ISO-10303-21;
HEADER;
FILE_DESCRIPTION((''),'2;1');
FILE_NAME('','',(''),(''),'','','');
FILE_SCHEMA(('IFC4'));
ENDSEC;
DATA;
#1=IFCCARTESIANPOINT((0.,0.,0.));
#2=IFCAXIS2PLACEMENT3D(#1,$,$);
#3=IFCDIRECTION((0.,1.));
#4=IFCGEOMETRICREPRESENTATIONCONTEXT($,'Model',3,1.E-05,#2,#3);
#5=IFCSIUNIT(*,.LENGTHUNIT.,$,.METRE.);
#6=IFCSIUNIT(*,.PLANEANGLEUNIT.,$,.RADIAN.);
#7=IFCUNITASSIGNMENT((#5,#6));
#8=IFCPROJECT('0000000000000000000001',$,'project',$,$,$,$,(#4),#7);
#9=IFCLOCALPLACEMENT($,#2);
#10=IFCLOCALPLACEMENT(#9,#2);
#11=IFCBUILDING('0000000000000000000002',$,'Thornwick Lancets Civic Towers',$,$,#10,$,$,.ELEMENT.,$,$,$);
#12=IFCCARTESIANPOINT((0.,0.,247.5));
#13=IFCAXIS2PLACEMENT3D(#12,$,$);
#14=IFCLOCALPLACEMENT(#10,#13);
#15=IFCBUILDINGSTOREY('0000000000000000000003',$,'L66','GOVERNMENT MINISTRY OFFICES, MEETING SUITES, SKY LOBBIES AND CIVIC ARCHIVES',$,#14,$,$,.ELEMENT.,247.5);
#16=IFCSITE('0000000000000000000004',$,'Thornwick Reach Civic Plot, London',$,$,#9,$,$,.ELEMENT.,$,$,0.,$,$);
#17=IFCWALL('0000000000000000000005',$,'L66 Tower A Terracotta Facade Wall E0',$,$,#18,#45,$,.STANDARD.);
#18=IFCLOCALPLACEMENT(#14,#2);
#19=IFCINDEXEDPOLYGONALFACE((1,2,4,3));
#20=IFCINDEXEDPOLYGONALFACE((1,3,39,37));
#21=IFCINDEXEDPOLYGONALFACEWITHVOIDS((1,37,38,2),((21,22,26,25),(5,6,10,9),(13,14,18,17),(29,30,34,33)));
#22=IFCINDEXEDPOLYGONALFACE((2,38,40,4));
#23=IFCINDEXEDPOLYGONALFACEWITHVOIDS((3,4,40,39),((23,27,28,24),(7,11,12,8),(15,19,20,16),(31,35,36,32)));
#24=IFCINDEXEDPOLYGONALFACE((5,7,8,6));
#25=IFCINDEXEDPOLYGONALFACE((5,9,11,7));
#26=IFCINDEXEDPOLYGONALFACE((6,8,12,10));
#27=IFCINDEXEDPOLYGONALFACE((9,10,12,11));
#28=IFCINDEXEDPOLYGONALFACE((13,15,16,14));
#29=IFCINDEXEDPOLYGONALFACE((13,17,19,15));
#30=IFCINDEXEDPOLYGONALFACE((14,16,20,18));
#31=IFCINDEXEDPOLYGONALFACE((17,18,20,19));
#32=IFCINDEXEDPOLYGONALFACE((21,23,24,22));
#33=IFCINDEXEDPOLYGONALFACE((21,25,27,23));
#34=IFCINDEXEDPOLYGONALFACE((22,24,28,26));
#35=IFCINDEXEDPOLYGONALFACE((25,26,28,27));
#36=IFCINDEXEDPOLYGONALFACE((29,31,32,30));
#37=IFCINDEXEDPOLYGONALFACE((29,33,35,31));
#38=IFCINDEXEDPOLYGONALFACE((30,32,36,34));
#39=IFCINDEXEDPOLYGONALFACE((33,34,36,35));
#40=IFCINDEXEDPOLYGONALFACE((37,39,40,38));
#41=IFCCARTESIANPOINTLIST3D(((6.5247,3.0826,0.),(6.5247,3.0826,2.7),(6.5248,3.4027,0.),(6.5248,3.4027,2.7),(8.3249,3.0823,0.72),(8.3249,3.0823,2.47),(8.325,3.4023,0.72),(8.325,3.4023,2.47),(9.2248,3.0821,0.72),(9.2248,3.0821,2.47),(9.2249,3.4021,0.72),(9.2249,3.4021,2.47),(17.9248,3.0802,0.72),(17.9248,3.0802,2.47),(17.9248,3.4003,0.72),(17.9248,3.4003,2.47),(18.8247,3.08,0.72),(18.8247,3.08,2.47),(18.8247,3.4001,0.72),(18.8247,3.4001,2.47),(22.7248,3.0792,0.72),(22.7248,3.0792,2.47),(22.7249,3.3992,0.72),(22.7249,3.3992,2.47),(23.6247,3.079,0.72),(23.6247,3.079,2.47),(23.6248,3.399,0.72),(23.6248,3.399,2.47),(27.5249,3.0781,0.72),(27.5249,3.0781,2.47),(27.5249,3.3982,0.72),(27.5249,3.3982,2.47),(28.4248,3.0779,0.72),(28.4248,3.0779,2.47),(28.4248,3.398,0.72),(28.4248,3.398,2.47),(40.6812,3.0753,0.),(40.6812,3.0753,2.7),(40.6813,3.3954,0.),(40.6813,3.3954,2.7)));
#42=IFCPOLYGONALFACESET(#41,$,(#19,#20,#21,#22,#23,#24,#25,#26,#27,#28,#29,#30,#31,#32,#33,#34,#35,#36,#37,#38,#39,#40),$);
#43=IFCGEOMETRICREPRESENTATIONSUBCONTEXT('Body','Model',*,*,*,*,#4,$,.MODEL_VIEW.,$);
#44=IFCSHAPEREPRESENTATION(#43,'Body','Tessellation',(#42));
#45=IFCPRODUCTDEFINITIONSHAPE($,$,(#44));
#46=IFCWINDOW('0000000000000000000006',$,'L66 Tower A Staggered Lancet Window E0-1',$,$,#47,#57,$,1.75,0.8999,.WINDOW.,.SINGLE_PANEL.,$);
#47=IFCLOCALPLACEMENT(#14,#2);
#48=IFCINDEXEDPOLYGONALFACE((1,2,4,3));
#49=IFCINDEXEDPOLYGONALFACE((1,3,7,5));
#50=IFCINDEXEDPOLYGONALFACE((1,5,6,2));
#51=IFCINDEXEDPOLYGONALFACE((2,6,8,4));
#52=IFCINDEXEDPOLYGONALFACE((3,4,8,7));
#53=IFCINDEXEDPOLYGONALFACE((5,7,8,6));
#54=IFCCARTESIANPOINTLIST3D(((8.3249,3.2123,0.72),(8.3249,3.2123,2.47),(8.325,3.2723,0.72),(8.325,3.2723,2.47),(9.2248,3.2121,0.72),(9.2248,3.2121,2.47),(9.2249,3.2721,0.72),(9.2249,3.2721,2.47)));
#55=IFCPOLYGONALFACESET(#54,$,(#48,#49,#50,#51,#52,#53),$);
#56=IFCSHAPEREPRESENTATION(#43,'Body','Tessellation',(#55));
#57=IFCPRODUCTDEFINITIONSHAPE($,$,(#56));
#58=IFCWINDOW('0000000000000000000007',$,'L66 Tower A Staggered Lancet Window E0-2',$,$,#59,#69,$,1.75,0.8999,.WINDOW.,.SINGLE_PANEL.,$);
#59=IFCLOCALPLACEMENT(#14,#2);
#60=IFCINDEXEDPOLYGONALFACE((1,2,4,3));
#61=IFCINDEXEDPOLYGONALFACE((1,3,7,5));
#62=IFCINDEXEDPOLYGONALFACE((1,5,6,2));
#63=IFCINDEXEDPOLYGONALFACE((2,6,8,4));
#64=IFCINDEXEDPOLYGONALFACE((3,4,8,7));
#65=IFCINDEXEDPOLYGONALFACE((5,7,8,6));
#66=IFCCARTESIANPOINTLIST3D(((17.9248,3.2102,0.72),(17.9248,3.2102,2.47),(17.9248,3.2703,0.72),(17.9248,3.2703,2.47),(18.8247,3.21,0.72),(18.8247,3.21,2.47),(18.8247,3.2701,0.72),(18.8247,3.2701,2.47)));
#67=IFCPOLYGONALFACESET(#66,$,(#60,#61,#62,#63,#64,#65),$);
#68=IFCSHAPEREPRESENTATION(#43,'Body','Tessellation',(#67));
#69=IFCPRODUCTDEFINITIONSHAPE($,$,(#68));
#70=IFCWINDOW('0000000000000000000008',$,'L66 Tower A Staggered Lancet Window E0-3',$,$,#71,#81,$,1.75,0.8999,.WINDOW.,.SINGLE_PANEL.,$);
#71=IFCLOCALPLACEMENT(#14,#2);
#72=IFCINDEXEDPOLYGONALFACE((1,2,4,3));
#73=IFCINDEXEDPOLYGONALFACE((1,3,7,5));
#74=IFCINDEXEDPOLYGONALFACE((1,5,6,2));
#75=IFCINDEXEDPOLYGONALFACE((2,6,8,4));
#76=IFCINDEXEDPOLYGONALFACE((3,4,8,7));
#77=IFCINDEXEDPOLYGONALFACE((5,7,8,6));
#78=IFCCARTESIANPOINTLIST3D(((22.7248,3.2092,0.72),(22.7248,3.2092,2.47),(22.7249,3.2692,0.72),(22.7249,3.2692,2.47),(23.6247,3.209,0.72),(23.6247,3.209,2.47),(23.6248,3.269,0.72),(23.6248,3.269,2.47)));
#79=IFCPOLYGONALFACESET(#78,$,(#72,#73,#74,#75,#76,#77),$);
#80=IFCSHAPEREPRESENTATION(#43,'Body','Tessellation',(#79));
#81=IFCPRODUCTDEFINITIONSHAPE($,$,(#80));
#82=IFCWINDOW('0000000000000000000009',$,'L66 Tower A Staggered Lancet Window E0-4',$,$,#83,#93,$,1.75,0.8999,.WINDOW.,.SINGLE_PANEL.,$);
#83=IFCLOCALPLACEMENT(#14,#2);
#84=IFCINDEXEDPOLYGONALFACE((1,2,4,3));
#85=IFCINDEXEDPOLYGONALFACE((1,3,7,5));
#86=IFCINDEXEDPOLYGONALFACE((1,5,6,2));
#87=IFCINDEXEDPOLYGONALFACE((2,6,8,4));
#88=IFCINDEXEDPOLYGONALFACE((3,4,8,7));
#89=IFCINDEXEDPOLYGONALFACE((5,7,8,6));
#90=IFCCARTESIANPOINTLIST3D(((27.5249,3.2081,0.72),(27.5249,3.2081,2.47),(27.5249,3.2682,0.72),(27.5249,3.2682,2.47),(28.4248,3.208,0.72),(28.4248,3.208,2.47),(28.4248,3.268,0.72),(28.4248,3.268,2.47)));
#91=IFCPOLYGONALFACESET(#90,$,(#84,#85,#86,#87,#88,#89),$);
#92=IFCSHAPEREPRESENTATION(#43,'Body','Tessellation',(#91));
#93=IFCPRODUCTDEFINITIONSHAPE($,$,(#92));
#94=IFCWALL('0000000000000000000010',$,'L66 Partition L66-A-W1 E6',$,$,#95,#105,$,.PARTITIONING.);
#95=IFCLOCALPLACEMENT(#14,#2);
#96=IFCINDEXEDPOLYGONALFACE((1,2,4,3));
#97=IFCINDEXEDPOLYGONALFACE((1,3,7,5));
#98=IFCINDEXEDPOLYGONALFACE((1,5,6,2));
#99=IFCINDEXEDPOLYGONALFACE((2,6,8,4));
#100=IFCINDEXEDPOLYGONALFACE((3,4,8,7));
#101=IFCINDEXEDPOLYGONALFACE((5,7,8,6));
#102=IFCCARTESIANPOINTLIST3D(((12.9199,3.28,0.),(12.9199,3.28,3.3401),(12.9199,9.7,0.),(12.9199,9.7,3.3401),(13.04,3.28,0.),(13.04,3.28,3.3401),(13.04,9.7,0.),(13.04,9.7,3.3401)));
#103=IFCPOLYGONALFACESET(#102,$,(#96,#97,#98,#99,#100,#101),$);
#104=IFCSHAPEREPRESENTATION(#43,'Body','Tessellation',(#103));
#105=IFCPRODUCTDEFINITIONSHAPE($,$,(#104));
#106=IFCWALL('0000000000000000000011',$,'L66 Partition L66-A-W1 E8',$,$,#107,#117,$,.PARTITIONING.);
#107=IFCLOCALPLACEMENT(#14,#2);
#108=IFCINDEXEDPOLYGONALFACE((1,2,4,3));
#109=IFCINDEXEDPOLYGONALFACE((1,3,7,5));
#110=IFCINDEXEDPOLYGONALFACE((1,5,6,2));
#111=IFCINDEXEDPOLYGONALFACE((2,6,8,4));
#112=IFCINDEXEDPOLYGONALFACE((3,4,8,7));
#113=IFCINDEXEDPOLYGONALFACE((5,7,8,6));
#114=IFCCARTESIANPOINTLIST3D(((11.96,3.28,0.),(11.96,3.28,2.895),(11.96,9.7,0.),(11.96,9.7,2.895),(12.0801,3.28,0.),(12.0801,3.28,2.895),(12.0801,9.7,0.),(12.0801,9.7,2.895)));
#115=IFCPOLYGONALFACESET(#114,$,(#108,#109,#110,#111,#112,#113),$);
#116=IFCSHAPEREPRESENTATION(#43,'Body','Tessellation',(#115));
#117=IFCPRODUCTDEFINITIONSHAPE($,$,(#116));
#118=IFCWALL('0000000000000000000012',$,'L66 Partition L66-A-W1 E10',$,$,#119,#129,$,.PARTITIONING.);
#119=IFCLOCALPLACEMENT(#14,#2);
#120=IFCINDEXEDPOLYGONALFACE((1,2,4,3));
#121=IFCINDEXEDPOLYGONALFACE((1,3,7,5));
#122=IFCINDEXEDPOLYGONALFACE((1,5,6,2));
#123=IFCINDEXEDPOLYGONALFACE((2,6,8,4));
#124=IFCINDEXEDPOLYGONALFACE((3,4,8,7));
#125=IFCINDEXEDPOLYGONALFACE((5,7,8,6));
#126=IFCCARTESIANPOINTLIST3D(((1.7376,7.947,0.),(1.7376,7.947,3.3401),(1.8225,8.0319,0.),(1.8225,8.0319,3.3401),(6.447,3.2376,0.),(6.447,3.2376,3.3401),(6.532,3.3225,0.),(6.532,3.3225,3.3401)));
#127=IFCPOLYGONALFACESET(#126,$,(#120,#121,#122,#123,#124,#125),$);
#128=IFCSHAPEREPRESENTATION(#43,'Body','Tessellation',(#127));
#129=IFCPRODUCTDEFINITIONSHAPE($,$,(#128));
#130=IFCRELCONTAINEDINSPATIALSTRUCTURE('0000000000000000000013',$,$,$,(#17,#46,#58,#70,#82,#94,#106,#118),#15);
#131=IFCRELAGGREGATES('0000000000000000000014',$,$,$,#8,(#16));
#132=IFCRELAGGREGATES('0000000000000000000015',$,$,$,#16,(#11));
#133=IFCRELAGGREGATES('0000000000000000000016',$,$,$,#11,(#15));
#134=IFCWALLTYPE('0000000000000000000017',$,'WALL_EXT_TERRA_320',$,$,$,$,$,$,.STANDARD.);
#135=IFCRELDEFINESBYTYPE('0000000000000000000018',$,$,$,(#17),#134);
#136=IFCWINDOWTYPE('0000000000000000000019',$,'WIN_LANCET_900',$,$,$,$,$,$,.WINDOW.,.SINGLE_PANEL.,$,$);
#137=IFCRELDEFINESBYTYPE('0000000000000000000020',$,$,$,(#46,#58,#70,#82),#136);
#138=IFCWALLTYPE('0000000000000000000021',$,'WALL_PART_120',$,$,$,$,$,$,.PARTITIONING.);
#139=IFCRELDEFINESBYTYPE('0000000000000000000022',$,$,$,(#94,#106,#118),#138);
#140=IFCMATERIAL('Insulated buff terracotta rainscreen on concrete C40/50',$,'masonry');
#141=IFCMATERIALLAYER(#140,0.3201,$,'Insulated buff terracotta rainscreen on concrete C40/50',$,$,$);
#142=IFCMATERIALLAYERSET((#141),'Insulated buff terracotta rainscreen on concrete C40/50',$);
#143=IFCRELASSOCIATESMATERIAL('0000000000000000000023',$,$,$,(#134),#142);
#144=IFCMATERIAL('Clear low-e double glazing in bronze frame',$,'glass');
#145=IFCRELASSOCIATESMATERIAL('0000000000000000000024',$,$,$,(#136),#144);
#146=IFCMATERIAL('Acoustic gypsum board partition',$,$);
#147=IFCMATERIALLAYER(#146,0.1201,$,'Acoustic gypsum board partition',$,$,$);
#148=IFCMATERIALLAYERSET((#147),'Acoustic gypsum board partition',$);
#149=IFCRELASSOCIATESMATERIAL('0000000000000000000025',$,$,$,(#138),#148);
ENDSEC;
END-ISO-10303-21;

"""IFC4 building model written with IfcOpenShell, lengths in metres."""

from ifc_helpers import new_model, si_unit, direction, frame, frame_2d, origin, place, context, subcontext, project, spatial, rectangle, extrude, material, layer, layer_set, type_object, element, fill, save


model = new_model("IFC4")

# Units and contexts
model_context = context("Model", 3, precision=1e-05, world=origin(), true_north=direction((0.0, 1.0)))
body_context = subcontext(model_context, "Body", "Model", "MODEL_VIEW")
ifc_project = project(units=[si_unit("LENGTHUNIT", "METRE"), si_unit("PLANEANGLEUNIT", "RADIAN")], contexts=[model_context])

# Site, building, storey
site_placement = place(None, origin())
site = spatial("IfcSite", under=ifc_project, at=site_placement, Name="Thornwick Reach Civic Plot, London", CompositionType="ELEMENT", RefElevation=0.0)
building_placement = place(site_placement, origin())
building = spatial("IfcBuilding", under=site, at=building_placement, Name="Thornwick Lancets Civic Towers", CompositionType="ELEMENT")
storey_placement = place(building_placement, frame((0.0, 0.0, 247.5)))
storey = spatial("IfcBuildingStorey", under=building, at=storey_placement, Name="L66", Description="GOVERNMENT MINISTRY OFFICES, MEETING SUITES, SKY LOBBIES AND CIVIC ARCHIVES", CompositionType="ELEMENT", Elevation=247.5)

# Wall, openings, windows
ifc_material_1 = material(Name="Insulated buff terracotta rainscreen on concrete C40/50", Category="masonry")
ifc_layer_1 = layer(ifc_material_1, 0.3201, Name="Insulated buff terracotta rainscreen on concrete C40/50")
ifc_layer_set_1 = layer_set([ifc_layer_1], Name="Insulated buff terracotta rainscreen on concrete C40/50")
wall_type_1 = type_object("IfcWallType", Name="WALL_EXT_TERRA_320", PredefinedType="STANDARD", material=ifc_layer_set_1)
wall_1_placement = place(storey_placement, frame((6.5249, 3.2427, 0.0), z_axis=(0.0, 0.0, 1.0), x_axis=(1.0, -0.000214, 0.0)))
wall_1 = element("IfcWall", 1, at=wall_1_placement, inside=storey, type_object=wall_type_1, Name="L66 Tower A Terracotta Facade Wall E0", PredefinedType="STANDARD", context=body_context, shape_type="SweptSolid", body=[
    extrude(rectangle(XDim=34.1565, YDim=0.3201, at=frame_2d((17.0781, 0.0))), origin(), (0.0, 0.0, 1.0), 2.7),
])
opening_1_placement = place(wall_1_placement, frame((1.8, 0.0, 0.72)))
opening_1 = element("IfcOpeningElement", 2, at=opening_1_placement, cuts=wall_1, PredefinedType="OPENING", context=body_context, shape_type="SweptSolid", body=[
    extrude(rectangle(XDim=0.8999, YDim=1.75, at=frame_2d((0.45, 0.875))), frame((0.0, 0.1699, 0.0), z_axis=(0.0, -1.0, 0.0), x_axis=(1.0, 0.0, 0.0)), (0.0, 0.0, 1.0), 0.3401),
])
opening_2_placement = place(wall_1_placement, frame((11.3999, 0.0, 0.72)))
opening_2 = element("IfcOpeningElement", 3, at=opening_2_placement, cuts=wall_1, PredefinedType="OPENING", context=body_context, shape_type="SweptSolid", body=[
    extrude(rectangle(XDim=0.8999, YDim=1.75, at=frame_2d((0.45, 0.875))), frame((0.0, 0.1699, 0.0), z_axis=(0.0, -1.0, 0.0), x_axis=(1.0, 0.0, 0.0)), (0.0, 0.0, 1.0), 0.3401),
])
opening_3_placement = place(wall_1_placement, frame((16.2, 0.0, 0.72)))
opening_3 = element("IfcOpeningElement", 4, at=opening_3_placement, cuts=wall_1, PredefinedType="OPENING", context=body_context, shape_type="SweptSolid", body=[
    extrude(rectangle(XDim=0.8999, YDim=1.75, at=frame_2d((0.45, 0.875))), frame((0.0, 0.1699, 0.0), z_axis=(0.0, -1.0, 0.0), x_axis=(1.0, 0.0, 0.0)), (0.0, 0.0, 1.0), 0.3401),
])
opening_4_placement = place(wall_1_placement, frame((21.0, 0.0, 0.72)))
opening_4 = element("IfcOpeningElement", 5, at=opening_4_placement, cuts=wall_1, PredefinedType="OPENING", context=body_context, shape_type="SweptSolid", body=[
    extrude(rectangle(XDim=0.8999, YDim=1.75, at=frame_2d((0.45, 0.875))), frame((0.0, 0.1699, 0.0), z_axis=(0.0, -1.0, 0.0), x_axis=(1.0, 0.0, 0.0)), (0.0, 0.0, 1.0), 0.3401),
])
ifc_material_2 = material(Name="Clear low-e double glazing in bronze frame", Category="glass")
window_type = type_object("IfcWindowType", Name="WIN_LANCET_900", PartitioningType="SINGLE_PANEL", PredefinedType="WINDOW", material=ifc_material_2)
window_1_placement = place(opening_1_placement, origin())
window_1 = element("IfcWindow", 6, at=window_1_placement, inside=storey, type_object=window_type, Name="L66 Tower A Staggered Lancet Window E0-1", OverallHeight=1.75, OverallWidth=0.8999, PartitioningType="SINGLE_PANEL", PredefinedType="WINDOW", context=body_context, shape_type="SweptSolid", body=[
    extrude(rectangle(XDim=0.8999, YDim=1.75, at=frame_2d((0.45, 0.875))), frame((0.0, 0.03, 0.0), z_axis=(0.0, -1.0, 0.0), x_axis=(1.0, 0.0, 0.0)), (0.0, 0.0, 1.0), 0.0601),
])
fill(opening_1, window_1)
window_2_placement = place(opening_2_placement, origin())
window_2 = element("IfcWindow", 7, at=window_2_placement, inside=storey, type_object=window_type, Name="L66 Tower A Staggered Lancet Window E0-2", OverallHeight=1.75, OverallWidth=0.8999, PartitioningType="SINGLE_PANEL", PredefinedType="WINDOW", context=body_context, shape_type="SweptSolid", body=[
    extrude(rectangle(XDim=0.8999, YDim=1.75, at=frame_2d((0.45, 0.875))), frame((0.0, 0.03, 0.0), z_axis=(0.0, -1.0, 0.0), x_axis=(1.0, 0.0, 0.0)), (0.0, 0.0, 1.0), 0.0601),
])
fill(opening_2, window_2)
window_3_placement = place(opening_3_placement, origin())
window_3 = element("IfcWindow", 8, at=window_3_placement, inside=storey, type_object=window_type, Name="L66 Tower A Staggered Lancet Window E0-3", OverallHeight=1.75, OverallWidth=0.8999, PartitioningType="SINGLE_PANEL", PredefinedType="WINDOW", context=body_context, shape_type="SweptSolid", body=[
    extrude(rectangle(XDim=0.8999, YDim=1.75, at=frame_2d((0.45, 0.875))), frame((0.0, 0.03, 0.0), z_axis=(0.0, -1.0, 0.0), x_axis=(1.0, 0.0, 0.0)), (0.0, 0.0, 1.0), 0.0601),
])
fill(opening_3, window_3)
window_4_placement = place(opening_4_placement, origin())
window_4 = element("IfcWindow", 9, at=window_4_placement, inside=storey, type_object=window_type, Name="L66 Tower A Staggered Lancet Window E0-4", OverallHeight=1.75, OverallWidth=0.8999, PartitioningType="SINGLE_PANEL", PredefinedType="WINDOW", context=body_context, shape_type="SweptSolid", body=[
    extrude(rectangle(XDim=0.8999, YDim=1.75, at=frame_2d((0.45, 0.875))), frame((0.0, 0.03, 0.0), z_axis=(0.0, -1.0, 0.0), x_axis=(1.0, 0.0, 0.0)), (0.0, 0.0, 1.0), 0.0601),
])
fill(opening_4, window_4)

# Walls
ifc_material_3 = material(Name="Acoustic gypsum board partition")
ifc_layer_2 = layer(ifc_material_3, 0.1201, Name="Acoustic gypsum board partition")
ifc_layer_set_2 = layer_set([ifc_layer_2], Name="Acoustic gypsum board partition")
wall_type_2 = type_object("IfcWallType", Name="WALL_PART_120", PredefinedType="PARTITIONING", material=ifc_layer_set_2)
wall_2_placement = place(storey_placement, frame((12.98, 3.28, 0.0), z_axis=(0.0, 0.0, 1.0), x_axis=(0.0, 1.0, 0.0)))
element("IfcWall", 10, at=wall_2_placement, inside=storey, type_object=wall_type_2, Name="L66 Partition L66-A-W1 E6", PredefinedType="PARTITIONING", context=body_context, shape_type="SweptSolid", body=[
    extrude(rectangle(XDim=6.4199, YDim=0.1201, at=frame_2d((3.21, 0.0))), origin(), (0.0, 0.0, 1.0), 3.3401),
])
wall_3_placement = place(storey_placement, frame((12.02, 9.7, 0.0), z_axis=(0.0, 0.0, 1.0), x_axis=(0.0, -1.0, 0.0)))
element("IfcWall", 11, at=wall_3_placement, inside=storey, type_object=wall_type_2, Name="L66 Partition L66-A-W1 E8", PredefinedType="PARTITIONING", context=body_context, shape_type="SweptSolid", body=[
    extrude(rectangle(XDim=6.4199, YDim=0.1201, at=frame_2d((3.21, 0.0))), origin(), (0.0, 0.0, 1.0), 2.895),
])
wall_4_placement = place(storey_placement, frame((6.4895, 3.28, 0.0), z_axis=(0.0, 0.0, 1.0), x_axis=(-0.707107, 0.707107, 0.0)))
element("IfcWall", 12, at=wall_4_placement, inside=storey, type_object=wall_type_2, Name="L66 Partition L66-A-W1 E10", PredefinedType="PARTITIONING", context=body_context, shape_type="SweptSolid", body=[
    extrude(rectangle(XDim=6.6602, YDim=0.1201, at=frame_2d((3.3301, 0.0))), origin(), (0.0, 0.0, 1.0), 3.3401),
])

save(model, "model.ifc")
